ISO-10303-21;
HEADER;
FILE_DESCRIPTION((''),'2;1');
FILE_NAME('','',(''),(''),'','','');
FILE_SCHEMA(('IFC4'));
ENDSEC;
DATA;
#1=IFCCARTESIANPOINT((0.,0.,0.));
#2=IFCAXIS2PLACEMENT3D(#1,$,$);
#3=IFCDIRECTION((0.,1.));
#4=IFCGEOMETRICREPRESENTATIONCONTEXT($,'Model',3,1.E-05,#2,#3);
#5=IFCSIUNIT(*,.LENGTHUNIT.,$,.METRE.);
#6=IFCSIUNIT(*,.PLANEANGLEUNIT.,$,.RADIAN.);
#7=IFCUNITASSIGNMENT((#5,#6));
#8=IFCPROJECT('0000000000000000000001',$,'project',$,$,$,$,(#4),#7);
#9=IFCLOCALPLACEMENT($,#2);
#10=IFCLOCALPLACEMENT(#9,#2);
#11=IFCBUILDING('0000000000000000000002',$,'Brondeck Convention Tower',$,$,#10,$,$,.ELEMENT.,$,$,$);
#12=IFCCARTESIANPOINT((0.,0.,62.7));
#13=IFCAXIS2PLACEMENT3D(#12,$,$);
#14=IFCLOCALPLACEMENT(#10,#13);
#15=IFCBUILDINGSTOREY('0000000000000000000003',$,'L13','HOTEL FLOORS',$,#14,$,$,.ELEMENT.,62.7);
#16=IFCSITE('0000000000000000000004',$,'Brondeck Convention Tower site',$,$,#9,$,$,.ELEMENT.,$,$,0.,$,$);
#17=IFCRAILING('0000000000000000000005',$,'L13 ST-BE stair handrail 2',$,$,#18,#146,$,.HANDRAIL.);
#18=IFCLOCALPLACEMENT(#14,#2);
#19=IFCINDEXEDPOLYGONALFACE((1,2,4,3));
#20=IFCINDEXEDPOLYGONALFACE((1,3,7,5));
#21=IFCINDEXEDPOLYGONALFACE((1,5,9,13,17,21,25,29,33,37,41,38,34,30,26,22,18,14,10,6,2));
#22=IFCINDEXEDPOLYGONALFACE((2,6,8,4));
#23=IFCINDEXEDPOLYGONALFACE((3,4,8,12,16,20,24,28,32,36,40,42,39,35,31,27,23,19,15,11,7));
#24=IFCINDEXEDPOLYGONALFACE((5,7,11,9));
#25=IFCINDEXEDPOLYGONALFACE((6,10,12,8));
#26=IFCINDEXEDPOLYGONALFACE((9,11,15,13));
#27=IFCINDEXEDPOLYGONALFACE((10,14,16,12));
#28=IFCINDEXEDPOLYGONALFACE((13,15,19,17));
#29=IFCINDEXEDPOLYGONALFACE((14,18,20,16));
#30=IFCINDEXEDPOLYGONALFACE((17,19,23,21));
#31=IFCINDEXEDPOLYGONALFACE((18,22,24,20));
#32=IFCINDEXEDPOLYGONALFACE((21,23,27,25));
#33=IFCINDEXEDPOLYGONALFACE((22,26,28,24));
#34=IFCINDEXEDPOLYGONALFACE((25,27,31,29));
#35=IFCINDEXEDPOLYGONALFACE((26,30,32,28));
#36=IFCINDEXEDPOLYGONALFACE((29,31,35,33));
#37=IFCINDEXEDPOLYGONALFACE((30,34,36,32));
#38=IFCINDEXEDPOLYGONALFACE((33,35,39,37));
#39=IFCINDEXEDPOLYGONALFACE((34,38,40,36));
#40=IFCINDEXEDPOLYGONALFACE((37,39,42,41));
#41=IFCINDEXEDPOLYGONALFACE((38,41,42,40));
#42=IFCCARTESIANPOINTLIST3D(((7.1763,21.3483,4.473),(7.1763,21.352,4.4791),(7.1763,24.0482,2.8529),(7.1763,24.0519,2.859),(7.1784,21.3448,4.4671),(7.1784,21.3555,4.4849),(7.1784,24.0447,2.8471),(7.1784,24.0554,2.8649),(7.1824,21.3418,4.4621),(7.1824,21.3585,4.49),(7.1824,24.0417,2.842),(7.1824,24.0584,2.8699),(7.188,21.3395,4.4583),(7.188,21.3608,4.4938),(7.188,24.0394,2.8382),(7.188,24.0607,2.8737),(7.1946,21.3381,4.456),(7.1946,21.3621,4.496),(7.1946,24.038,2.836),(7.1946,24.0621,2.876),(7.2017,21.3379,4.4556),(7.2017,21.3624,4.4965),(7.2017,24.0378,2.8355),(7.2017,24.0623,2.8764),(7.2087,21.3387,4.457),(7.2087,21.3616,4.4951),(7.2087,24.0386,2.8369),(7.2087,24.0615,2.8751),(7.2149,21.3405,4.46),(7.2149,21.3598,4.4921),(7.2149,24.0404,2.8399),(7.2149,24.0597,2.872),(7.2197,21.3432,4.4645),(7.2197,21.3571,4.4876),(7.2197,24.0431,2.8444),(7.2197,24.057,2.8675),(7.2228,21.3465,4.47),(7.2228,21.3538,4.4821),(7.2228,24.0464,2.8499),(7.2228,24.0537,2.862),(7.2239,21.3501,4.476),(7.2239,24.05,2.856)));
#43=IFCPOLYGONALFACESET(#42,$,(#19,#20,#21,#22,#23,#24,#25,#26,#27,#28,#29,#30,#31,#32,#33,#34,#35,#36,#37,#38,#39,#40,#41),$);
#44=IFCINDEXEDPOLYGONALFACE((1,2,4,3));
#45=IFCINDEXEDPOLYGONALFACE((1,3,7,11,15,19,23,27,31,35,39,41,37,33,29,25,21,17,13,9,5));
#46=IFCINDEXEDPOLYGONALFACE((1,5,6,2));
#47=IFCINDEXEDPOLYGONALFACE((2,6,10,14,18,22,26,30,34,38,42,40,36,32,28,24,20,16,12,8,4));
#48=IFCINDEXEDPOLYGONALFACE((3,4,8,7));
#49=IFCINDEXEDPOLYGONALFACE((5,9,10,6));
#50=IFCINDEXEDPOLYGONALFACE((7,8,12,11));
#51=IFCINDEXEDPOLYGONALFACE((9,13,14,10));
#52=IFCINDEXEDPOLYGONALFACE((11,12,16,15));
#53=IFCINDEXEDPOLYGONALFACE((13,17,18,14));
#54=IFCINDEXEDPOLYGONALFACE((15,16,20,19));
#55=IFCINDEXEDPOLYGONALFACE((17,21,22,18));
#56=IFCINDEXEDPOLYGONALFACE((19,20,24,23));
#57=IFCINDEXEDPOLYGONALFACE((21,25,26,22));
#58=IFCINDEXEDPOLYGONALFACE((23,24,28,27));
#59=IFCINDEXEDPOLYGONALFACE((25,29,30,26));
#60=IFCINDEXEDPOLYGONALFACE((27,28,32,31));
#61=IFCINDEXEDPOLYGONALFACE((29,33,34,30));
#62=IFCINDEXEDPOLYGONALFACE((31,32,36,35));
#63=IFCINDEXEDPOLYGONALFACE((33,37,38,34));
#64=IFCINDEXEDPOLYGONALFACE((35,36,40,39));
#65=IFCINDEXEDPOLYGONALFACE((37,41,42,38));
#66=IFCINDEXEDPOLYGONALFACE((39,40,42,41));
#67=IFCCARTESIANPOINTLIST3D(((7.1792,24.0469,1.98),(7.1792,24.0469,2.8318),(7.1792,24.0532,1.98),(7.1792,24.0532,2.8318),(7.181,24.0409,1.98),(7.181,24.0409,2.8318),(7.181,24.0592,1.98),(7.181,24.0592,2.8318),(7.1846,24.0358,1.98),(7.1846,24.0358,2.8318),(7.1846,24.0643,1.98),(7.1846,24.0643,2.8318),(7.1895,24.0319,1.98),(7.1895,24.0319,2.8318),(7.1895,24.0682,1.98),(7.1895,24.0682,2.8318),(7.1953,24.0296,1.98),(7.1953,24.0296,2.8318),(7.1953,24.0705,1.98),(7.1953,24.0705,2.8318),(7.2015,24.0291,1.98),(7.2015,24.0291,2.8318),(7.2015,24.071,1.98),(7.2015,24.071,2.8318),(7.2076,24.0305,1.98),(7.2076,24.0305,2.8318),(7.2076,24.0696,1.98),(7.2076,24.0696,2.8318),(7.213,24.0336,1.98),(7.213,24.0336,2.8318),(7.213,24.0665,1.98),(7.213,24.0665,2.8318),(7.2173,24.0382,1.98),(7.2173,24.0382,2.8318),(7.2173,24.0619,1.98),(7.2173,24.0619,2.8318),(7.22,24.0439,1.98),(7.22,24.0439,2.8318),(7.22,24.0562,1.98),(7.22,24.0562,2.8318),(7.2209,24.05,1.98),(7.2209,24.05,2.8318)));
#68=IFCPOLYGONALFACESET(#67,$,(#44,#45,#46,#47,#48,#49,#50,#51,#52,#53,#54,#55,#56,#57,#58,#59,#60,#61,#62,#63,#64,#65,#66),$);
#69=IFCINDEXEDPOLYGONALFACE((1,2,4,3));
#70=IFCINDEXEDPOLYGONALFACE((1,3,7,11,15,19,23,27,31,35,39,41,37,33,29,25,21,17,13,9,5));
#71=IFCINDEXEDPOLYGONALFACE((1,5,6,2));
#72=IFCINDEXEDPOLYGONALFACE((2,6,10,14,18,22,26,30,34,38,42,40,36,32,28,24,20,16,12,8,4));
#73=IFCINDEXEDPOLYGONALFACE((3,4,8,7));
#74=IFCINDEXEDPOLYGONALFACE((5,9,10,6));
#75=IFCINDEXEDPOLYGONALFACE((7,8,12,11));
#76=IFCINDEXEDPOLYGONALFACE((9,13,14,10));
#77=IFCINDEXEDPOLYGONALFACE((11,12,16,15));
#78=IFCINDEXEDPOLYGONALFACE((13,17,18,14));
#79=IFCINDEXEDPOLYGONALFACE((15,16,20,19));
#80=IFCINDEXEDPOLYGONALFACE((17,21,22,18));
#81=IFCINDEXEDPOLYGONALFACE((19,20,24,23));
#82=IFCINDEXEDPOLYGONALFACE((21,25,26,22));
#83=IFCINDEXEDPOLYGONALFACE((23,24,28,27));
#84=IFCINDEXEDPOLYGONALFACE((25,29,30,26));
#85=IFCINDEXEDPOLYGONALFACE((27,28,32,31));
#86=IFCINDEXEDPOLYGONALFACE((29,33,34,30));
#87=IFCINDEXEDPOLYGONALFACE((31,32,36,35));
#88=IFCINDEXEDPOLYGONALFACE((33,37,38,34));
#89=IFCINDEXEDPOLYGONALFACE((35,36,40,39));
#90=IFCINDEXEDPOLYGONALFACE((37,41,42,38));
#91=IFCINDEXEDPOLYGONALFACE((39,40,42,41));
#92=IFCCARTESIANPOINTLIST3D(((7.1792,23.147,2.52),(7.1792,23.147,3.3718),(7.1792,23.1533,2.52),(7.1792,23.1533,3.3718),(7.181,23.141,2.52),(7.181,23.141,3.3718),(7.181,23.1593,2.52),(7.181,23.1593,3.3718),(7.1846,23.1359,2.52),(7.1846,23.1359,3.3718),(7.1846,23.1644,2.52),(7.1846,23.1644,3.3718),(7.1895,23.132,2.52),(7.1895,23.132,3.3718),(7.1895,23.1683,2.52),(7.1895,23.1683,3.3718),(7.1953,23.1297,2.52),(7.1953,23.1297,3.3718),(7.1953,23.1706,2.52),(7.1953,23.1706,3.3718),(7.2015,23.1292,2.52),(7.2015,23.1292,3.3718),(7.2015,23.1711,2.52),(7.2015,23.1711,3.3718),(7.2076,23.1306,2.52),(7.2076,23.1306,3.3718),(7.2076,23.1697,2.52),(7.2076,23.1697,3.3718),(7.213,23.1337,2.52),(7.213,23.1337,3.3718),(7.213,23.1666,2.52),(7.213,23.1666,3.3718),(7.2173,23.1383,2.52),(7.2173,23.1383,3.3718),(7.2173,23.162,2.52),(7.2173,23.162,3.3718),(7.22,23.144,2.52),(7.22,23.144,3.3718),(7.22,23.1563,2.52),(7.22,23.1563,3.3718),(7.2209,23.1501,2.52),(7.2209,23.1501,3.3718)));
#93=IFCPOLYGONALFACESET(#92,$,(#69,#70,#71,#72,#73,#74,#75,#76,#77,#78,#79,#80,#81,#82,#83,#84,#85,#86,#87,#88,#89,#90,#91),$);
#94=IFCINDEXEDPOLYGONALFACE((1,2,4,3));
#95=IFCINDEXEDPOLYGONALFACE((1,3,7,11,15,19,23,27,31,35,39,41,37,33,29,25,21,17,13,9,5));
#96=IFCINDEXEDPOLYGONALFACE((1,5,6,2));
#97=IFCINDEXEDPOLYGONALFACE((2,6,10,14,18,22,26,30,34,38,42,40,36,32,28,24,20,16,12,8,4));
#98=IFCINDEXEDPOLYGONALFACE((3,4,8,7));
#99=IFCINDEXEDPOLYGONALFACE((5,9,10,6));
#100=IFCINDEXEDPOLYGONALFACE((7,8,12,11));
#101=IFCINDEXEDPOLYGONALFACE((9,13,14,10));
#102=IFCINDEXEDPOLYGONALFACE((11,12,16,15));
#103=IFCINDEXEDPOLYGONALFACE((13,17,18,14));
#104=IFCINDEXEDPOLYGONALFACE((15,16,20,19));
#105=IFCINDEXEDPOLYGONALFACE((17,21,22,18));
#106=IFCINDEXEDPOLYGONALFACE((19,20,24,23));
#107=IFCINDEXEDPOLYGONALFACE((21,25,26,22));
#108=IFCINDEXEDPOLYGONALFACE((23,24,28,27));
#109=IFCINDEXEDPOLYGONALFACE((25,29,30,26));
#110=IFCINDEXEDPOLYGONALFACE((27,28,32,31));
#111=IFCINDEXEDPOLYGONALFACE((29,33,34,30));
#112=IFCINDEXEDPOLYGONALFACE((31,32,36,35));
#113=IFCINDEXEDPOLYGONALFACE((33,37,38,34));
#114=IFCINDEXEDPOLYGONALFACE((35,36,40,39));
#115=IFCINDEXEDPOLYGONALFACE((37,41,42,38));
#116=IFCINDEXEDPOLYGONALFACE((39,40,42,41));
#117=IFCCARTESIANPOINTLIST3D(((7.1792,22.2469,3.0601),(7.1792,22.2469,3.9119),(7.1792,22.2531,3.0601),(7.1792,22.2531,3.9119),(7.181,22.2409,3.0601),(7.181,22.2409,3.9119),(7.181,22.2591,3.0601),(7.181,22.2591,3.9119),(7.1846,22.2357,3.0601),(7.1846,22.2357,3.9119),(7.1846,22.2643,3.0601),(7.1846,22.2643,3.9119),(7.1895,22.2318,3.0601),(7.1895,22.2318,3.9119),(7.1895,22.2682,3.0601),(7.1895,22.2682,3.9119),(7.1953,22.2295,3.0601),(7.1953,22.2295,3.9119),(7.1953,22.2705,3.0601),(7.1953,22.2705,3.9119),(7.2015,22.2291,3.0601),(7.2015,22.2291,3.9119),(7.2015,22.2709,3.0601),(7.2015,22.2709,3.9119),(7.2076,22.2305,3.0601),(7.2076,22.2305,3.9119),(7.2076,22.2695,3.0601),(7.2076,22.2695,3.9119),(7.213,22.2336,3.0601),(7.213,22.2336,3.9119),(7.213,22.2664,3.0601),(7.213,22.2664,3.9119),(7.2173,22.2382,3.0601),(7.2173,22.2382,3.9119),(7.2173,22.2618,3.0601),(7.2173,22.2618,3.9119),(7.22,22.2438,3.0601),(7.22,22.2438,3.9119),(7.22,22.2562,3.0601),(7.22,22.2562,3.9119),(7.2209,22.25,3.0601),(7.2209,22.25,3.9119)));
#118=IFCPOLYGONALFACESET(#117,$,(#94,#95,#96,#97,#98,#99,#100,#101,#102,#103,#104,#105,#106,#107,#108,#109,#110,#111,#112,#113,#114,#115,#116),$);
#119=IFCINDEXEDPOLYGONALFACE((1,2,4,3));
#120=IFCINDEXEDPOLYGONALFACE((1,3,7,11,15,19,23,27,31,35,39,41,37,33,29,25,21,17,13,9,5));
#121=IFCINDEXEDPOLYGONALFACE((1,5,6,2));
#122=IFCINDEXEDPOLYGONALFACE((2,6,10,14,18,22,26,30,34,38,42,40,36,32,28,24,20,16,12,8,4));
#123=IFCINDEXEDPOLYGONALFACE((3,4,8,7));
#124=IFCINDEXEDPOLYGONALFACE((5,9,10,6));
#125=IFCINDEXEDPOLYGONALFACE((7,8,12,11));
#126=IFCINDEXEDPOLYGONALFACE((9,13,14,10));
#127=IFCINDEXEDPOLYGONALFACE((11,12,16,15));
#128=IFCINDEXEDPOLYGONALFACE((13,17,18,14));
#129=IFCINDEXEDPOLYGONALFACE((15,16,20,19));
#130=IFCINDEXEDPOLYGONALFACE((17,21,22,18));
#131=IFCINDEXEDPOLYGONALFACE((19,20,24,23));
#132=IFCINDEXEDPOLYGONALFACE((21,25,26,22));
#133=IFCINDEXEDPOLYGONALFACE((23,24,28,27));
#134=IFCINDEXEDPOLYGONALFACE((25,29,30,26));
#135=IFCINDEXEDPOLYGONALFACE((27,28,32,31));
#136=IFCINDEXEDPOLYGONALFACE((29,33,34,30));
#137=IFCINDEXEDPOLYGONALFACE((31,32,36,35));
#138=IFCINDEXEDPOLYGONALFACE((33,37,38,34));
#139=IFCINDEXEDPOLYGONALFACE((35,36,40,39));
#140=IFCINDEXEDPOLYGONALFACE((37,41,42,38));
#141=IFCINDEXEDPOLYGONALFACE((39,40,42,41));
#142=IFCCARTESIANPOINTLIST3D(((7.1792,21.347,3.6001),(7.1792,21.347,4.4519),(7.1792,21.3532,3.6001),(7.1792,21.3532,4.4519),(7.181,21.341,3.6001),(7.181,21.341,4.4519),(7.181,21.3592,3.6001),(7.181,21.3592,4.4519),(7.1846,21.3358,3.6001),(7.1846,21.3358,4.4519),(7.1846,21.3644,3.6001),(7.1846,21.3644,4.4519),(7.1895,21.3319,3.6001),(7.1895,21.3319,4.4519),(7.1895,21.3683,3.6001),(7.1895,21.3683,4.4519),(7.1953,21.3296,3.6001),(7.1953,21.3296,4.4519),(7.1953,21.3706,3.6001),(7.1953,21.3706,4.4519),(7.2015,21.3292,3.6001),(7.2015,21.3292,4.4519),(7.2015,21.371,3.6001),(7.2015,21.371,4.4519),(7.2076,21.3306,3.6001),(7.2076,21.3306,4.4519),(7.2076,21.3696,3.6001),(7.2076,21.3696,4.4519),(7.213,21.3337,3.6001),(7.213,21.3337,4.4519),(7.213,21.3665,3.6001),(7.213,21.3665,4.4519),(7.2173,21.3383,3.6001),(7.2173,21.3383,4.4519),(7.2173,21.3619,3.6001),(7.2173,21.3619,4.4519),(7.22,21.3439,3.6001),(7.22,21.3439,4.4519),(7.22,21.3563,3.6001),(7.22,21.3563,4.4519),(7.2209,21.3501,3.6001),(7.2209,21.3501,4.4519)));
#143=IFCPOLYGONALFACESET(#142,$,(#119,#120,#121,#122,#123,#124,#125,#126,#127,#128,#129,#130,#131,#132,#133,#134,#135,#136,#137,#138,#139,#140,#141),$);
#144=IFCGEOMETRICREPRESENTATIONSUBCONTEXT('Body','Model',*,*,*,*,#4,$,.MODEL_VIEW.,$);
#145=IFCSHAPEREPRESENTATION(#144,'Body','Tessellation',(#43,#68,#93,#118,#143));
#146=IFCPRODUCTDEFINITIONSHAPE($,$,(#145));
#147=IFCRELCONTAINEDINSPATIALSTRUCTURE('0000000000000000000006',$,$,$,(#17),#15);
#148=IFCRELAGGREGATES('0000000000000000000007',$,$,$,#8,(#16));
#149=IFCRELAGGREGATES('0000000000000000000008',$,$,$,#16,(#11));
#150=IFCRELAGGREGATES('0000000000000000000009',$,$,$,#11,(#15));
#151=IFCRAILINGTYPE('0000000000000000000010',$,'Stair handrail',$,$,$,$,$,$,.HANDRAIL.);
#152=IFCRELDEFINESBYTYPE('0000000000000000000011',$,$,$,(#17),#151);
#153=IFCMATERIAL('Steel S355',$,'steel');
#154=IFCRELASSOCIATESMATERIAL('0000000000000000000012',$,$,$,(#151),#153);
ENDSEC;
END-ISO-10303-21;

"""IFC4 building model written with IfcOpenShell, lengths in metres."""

from ifc_helpers import new_model, si_unit, direction, frame, origin, origin_2d, place, context, subcontext, project, spatial, circle, extrude, material, type_object, element, save


model = new_model("IFC4")

# Units and contexts
model_context = context("Model", 3, precision=1e-05, world=origin(), true_north=direction((0.0, 1.0)))
body_context = subcontext(model_context, "Body", "Model", "MODEL_VIEW")
ifc_project = project(units=[si_unit("LENGTHUNIT", "METRE"), si_unit("PLANEANGLEUNIT", "RADIAN")], contexts=[model_context])

# Site, building, storey
site_placement = place(None, origin())
site = spatial("IfcSite", under=ifc_project, at=site_placement, Name="Brondeck Convention Tower site", CompositionType="ELEMENT", RefElevation=0.0)
building_placement = place(site_placement, origin())
building = spatial("IfcBuilding", under=site, at=building_placement, Name="Brondeck Convention Tower", CompositionType="ELEMENT")
storey_placement = place(building_placement, frame((0.0, 0.0, 62.7)))
storey = spatial("IfcBuildingStorey", under=building, at=storey_placement, Name="L13", Description="HOTEL FLOORS", CompositionType="ELEMENT", Elevation=62.7)

# Shared definitions
ifc_material_1 = material(Name="Steel S355", Category="steel")

# Railing
railing_type_1 = type_object("IfcRailingType", Name="Stair handrail", PredefinedType="HANDRAIL", material=ifc_material_1)
railing_1_placement = place(storey_placement, frame((7.2, 24.05, 1.98)))
element("IfcRailing", 1, at=railing_1_placement, inside=storey, type_object=railing_type_1, Name="L13 ST-BE stair handrail 2", PredefinedType="HANDRAIL", context=body_context, shape_type="SweptSolid", body=[
    extrude(circle(Radius=0.0239, at=origin_2d()), frame((0.0, 0.0, 0.876), z_axis=(0.0, -0.857472, 0.51453), x_axis=(1.0, 0.0, 0.0)), (0.0, 0.0, 1.0), 3.1487),
    extrude(circle(Radius=0.021, at=origin_2d()), origin(), (0.0, 0.0, 1.0), 0.8518),
    extrude(circle(Radius=0.021, at=origin_2d()), frame((0.0, -0.8999, 0.54)), (0.0, 0.0, 1.0), 0.8518),
    extrude(circle(Radius=0.021, at=origin_2d()), frame((0.0, -1.8, 1.0801)), (0.0, 0.0, 1.0), 0.8518),
    extrude(circle(Radius=0.021, at=origin_2d()), frame((0.0, -2.7, 1.6201)), (0.0, 0.0, 1.0), 0.8518),
])

save(model, "model.ifc")
